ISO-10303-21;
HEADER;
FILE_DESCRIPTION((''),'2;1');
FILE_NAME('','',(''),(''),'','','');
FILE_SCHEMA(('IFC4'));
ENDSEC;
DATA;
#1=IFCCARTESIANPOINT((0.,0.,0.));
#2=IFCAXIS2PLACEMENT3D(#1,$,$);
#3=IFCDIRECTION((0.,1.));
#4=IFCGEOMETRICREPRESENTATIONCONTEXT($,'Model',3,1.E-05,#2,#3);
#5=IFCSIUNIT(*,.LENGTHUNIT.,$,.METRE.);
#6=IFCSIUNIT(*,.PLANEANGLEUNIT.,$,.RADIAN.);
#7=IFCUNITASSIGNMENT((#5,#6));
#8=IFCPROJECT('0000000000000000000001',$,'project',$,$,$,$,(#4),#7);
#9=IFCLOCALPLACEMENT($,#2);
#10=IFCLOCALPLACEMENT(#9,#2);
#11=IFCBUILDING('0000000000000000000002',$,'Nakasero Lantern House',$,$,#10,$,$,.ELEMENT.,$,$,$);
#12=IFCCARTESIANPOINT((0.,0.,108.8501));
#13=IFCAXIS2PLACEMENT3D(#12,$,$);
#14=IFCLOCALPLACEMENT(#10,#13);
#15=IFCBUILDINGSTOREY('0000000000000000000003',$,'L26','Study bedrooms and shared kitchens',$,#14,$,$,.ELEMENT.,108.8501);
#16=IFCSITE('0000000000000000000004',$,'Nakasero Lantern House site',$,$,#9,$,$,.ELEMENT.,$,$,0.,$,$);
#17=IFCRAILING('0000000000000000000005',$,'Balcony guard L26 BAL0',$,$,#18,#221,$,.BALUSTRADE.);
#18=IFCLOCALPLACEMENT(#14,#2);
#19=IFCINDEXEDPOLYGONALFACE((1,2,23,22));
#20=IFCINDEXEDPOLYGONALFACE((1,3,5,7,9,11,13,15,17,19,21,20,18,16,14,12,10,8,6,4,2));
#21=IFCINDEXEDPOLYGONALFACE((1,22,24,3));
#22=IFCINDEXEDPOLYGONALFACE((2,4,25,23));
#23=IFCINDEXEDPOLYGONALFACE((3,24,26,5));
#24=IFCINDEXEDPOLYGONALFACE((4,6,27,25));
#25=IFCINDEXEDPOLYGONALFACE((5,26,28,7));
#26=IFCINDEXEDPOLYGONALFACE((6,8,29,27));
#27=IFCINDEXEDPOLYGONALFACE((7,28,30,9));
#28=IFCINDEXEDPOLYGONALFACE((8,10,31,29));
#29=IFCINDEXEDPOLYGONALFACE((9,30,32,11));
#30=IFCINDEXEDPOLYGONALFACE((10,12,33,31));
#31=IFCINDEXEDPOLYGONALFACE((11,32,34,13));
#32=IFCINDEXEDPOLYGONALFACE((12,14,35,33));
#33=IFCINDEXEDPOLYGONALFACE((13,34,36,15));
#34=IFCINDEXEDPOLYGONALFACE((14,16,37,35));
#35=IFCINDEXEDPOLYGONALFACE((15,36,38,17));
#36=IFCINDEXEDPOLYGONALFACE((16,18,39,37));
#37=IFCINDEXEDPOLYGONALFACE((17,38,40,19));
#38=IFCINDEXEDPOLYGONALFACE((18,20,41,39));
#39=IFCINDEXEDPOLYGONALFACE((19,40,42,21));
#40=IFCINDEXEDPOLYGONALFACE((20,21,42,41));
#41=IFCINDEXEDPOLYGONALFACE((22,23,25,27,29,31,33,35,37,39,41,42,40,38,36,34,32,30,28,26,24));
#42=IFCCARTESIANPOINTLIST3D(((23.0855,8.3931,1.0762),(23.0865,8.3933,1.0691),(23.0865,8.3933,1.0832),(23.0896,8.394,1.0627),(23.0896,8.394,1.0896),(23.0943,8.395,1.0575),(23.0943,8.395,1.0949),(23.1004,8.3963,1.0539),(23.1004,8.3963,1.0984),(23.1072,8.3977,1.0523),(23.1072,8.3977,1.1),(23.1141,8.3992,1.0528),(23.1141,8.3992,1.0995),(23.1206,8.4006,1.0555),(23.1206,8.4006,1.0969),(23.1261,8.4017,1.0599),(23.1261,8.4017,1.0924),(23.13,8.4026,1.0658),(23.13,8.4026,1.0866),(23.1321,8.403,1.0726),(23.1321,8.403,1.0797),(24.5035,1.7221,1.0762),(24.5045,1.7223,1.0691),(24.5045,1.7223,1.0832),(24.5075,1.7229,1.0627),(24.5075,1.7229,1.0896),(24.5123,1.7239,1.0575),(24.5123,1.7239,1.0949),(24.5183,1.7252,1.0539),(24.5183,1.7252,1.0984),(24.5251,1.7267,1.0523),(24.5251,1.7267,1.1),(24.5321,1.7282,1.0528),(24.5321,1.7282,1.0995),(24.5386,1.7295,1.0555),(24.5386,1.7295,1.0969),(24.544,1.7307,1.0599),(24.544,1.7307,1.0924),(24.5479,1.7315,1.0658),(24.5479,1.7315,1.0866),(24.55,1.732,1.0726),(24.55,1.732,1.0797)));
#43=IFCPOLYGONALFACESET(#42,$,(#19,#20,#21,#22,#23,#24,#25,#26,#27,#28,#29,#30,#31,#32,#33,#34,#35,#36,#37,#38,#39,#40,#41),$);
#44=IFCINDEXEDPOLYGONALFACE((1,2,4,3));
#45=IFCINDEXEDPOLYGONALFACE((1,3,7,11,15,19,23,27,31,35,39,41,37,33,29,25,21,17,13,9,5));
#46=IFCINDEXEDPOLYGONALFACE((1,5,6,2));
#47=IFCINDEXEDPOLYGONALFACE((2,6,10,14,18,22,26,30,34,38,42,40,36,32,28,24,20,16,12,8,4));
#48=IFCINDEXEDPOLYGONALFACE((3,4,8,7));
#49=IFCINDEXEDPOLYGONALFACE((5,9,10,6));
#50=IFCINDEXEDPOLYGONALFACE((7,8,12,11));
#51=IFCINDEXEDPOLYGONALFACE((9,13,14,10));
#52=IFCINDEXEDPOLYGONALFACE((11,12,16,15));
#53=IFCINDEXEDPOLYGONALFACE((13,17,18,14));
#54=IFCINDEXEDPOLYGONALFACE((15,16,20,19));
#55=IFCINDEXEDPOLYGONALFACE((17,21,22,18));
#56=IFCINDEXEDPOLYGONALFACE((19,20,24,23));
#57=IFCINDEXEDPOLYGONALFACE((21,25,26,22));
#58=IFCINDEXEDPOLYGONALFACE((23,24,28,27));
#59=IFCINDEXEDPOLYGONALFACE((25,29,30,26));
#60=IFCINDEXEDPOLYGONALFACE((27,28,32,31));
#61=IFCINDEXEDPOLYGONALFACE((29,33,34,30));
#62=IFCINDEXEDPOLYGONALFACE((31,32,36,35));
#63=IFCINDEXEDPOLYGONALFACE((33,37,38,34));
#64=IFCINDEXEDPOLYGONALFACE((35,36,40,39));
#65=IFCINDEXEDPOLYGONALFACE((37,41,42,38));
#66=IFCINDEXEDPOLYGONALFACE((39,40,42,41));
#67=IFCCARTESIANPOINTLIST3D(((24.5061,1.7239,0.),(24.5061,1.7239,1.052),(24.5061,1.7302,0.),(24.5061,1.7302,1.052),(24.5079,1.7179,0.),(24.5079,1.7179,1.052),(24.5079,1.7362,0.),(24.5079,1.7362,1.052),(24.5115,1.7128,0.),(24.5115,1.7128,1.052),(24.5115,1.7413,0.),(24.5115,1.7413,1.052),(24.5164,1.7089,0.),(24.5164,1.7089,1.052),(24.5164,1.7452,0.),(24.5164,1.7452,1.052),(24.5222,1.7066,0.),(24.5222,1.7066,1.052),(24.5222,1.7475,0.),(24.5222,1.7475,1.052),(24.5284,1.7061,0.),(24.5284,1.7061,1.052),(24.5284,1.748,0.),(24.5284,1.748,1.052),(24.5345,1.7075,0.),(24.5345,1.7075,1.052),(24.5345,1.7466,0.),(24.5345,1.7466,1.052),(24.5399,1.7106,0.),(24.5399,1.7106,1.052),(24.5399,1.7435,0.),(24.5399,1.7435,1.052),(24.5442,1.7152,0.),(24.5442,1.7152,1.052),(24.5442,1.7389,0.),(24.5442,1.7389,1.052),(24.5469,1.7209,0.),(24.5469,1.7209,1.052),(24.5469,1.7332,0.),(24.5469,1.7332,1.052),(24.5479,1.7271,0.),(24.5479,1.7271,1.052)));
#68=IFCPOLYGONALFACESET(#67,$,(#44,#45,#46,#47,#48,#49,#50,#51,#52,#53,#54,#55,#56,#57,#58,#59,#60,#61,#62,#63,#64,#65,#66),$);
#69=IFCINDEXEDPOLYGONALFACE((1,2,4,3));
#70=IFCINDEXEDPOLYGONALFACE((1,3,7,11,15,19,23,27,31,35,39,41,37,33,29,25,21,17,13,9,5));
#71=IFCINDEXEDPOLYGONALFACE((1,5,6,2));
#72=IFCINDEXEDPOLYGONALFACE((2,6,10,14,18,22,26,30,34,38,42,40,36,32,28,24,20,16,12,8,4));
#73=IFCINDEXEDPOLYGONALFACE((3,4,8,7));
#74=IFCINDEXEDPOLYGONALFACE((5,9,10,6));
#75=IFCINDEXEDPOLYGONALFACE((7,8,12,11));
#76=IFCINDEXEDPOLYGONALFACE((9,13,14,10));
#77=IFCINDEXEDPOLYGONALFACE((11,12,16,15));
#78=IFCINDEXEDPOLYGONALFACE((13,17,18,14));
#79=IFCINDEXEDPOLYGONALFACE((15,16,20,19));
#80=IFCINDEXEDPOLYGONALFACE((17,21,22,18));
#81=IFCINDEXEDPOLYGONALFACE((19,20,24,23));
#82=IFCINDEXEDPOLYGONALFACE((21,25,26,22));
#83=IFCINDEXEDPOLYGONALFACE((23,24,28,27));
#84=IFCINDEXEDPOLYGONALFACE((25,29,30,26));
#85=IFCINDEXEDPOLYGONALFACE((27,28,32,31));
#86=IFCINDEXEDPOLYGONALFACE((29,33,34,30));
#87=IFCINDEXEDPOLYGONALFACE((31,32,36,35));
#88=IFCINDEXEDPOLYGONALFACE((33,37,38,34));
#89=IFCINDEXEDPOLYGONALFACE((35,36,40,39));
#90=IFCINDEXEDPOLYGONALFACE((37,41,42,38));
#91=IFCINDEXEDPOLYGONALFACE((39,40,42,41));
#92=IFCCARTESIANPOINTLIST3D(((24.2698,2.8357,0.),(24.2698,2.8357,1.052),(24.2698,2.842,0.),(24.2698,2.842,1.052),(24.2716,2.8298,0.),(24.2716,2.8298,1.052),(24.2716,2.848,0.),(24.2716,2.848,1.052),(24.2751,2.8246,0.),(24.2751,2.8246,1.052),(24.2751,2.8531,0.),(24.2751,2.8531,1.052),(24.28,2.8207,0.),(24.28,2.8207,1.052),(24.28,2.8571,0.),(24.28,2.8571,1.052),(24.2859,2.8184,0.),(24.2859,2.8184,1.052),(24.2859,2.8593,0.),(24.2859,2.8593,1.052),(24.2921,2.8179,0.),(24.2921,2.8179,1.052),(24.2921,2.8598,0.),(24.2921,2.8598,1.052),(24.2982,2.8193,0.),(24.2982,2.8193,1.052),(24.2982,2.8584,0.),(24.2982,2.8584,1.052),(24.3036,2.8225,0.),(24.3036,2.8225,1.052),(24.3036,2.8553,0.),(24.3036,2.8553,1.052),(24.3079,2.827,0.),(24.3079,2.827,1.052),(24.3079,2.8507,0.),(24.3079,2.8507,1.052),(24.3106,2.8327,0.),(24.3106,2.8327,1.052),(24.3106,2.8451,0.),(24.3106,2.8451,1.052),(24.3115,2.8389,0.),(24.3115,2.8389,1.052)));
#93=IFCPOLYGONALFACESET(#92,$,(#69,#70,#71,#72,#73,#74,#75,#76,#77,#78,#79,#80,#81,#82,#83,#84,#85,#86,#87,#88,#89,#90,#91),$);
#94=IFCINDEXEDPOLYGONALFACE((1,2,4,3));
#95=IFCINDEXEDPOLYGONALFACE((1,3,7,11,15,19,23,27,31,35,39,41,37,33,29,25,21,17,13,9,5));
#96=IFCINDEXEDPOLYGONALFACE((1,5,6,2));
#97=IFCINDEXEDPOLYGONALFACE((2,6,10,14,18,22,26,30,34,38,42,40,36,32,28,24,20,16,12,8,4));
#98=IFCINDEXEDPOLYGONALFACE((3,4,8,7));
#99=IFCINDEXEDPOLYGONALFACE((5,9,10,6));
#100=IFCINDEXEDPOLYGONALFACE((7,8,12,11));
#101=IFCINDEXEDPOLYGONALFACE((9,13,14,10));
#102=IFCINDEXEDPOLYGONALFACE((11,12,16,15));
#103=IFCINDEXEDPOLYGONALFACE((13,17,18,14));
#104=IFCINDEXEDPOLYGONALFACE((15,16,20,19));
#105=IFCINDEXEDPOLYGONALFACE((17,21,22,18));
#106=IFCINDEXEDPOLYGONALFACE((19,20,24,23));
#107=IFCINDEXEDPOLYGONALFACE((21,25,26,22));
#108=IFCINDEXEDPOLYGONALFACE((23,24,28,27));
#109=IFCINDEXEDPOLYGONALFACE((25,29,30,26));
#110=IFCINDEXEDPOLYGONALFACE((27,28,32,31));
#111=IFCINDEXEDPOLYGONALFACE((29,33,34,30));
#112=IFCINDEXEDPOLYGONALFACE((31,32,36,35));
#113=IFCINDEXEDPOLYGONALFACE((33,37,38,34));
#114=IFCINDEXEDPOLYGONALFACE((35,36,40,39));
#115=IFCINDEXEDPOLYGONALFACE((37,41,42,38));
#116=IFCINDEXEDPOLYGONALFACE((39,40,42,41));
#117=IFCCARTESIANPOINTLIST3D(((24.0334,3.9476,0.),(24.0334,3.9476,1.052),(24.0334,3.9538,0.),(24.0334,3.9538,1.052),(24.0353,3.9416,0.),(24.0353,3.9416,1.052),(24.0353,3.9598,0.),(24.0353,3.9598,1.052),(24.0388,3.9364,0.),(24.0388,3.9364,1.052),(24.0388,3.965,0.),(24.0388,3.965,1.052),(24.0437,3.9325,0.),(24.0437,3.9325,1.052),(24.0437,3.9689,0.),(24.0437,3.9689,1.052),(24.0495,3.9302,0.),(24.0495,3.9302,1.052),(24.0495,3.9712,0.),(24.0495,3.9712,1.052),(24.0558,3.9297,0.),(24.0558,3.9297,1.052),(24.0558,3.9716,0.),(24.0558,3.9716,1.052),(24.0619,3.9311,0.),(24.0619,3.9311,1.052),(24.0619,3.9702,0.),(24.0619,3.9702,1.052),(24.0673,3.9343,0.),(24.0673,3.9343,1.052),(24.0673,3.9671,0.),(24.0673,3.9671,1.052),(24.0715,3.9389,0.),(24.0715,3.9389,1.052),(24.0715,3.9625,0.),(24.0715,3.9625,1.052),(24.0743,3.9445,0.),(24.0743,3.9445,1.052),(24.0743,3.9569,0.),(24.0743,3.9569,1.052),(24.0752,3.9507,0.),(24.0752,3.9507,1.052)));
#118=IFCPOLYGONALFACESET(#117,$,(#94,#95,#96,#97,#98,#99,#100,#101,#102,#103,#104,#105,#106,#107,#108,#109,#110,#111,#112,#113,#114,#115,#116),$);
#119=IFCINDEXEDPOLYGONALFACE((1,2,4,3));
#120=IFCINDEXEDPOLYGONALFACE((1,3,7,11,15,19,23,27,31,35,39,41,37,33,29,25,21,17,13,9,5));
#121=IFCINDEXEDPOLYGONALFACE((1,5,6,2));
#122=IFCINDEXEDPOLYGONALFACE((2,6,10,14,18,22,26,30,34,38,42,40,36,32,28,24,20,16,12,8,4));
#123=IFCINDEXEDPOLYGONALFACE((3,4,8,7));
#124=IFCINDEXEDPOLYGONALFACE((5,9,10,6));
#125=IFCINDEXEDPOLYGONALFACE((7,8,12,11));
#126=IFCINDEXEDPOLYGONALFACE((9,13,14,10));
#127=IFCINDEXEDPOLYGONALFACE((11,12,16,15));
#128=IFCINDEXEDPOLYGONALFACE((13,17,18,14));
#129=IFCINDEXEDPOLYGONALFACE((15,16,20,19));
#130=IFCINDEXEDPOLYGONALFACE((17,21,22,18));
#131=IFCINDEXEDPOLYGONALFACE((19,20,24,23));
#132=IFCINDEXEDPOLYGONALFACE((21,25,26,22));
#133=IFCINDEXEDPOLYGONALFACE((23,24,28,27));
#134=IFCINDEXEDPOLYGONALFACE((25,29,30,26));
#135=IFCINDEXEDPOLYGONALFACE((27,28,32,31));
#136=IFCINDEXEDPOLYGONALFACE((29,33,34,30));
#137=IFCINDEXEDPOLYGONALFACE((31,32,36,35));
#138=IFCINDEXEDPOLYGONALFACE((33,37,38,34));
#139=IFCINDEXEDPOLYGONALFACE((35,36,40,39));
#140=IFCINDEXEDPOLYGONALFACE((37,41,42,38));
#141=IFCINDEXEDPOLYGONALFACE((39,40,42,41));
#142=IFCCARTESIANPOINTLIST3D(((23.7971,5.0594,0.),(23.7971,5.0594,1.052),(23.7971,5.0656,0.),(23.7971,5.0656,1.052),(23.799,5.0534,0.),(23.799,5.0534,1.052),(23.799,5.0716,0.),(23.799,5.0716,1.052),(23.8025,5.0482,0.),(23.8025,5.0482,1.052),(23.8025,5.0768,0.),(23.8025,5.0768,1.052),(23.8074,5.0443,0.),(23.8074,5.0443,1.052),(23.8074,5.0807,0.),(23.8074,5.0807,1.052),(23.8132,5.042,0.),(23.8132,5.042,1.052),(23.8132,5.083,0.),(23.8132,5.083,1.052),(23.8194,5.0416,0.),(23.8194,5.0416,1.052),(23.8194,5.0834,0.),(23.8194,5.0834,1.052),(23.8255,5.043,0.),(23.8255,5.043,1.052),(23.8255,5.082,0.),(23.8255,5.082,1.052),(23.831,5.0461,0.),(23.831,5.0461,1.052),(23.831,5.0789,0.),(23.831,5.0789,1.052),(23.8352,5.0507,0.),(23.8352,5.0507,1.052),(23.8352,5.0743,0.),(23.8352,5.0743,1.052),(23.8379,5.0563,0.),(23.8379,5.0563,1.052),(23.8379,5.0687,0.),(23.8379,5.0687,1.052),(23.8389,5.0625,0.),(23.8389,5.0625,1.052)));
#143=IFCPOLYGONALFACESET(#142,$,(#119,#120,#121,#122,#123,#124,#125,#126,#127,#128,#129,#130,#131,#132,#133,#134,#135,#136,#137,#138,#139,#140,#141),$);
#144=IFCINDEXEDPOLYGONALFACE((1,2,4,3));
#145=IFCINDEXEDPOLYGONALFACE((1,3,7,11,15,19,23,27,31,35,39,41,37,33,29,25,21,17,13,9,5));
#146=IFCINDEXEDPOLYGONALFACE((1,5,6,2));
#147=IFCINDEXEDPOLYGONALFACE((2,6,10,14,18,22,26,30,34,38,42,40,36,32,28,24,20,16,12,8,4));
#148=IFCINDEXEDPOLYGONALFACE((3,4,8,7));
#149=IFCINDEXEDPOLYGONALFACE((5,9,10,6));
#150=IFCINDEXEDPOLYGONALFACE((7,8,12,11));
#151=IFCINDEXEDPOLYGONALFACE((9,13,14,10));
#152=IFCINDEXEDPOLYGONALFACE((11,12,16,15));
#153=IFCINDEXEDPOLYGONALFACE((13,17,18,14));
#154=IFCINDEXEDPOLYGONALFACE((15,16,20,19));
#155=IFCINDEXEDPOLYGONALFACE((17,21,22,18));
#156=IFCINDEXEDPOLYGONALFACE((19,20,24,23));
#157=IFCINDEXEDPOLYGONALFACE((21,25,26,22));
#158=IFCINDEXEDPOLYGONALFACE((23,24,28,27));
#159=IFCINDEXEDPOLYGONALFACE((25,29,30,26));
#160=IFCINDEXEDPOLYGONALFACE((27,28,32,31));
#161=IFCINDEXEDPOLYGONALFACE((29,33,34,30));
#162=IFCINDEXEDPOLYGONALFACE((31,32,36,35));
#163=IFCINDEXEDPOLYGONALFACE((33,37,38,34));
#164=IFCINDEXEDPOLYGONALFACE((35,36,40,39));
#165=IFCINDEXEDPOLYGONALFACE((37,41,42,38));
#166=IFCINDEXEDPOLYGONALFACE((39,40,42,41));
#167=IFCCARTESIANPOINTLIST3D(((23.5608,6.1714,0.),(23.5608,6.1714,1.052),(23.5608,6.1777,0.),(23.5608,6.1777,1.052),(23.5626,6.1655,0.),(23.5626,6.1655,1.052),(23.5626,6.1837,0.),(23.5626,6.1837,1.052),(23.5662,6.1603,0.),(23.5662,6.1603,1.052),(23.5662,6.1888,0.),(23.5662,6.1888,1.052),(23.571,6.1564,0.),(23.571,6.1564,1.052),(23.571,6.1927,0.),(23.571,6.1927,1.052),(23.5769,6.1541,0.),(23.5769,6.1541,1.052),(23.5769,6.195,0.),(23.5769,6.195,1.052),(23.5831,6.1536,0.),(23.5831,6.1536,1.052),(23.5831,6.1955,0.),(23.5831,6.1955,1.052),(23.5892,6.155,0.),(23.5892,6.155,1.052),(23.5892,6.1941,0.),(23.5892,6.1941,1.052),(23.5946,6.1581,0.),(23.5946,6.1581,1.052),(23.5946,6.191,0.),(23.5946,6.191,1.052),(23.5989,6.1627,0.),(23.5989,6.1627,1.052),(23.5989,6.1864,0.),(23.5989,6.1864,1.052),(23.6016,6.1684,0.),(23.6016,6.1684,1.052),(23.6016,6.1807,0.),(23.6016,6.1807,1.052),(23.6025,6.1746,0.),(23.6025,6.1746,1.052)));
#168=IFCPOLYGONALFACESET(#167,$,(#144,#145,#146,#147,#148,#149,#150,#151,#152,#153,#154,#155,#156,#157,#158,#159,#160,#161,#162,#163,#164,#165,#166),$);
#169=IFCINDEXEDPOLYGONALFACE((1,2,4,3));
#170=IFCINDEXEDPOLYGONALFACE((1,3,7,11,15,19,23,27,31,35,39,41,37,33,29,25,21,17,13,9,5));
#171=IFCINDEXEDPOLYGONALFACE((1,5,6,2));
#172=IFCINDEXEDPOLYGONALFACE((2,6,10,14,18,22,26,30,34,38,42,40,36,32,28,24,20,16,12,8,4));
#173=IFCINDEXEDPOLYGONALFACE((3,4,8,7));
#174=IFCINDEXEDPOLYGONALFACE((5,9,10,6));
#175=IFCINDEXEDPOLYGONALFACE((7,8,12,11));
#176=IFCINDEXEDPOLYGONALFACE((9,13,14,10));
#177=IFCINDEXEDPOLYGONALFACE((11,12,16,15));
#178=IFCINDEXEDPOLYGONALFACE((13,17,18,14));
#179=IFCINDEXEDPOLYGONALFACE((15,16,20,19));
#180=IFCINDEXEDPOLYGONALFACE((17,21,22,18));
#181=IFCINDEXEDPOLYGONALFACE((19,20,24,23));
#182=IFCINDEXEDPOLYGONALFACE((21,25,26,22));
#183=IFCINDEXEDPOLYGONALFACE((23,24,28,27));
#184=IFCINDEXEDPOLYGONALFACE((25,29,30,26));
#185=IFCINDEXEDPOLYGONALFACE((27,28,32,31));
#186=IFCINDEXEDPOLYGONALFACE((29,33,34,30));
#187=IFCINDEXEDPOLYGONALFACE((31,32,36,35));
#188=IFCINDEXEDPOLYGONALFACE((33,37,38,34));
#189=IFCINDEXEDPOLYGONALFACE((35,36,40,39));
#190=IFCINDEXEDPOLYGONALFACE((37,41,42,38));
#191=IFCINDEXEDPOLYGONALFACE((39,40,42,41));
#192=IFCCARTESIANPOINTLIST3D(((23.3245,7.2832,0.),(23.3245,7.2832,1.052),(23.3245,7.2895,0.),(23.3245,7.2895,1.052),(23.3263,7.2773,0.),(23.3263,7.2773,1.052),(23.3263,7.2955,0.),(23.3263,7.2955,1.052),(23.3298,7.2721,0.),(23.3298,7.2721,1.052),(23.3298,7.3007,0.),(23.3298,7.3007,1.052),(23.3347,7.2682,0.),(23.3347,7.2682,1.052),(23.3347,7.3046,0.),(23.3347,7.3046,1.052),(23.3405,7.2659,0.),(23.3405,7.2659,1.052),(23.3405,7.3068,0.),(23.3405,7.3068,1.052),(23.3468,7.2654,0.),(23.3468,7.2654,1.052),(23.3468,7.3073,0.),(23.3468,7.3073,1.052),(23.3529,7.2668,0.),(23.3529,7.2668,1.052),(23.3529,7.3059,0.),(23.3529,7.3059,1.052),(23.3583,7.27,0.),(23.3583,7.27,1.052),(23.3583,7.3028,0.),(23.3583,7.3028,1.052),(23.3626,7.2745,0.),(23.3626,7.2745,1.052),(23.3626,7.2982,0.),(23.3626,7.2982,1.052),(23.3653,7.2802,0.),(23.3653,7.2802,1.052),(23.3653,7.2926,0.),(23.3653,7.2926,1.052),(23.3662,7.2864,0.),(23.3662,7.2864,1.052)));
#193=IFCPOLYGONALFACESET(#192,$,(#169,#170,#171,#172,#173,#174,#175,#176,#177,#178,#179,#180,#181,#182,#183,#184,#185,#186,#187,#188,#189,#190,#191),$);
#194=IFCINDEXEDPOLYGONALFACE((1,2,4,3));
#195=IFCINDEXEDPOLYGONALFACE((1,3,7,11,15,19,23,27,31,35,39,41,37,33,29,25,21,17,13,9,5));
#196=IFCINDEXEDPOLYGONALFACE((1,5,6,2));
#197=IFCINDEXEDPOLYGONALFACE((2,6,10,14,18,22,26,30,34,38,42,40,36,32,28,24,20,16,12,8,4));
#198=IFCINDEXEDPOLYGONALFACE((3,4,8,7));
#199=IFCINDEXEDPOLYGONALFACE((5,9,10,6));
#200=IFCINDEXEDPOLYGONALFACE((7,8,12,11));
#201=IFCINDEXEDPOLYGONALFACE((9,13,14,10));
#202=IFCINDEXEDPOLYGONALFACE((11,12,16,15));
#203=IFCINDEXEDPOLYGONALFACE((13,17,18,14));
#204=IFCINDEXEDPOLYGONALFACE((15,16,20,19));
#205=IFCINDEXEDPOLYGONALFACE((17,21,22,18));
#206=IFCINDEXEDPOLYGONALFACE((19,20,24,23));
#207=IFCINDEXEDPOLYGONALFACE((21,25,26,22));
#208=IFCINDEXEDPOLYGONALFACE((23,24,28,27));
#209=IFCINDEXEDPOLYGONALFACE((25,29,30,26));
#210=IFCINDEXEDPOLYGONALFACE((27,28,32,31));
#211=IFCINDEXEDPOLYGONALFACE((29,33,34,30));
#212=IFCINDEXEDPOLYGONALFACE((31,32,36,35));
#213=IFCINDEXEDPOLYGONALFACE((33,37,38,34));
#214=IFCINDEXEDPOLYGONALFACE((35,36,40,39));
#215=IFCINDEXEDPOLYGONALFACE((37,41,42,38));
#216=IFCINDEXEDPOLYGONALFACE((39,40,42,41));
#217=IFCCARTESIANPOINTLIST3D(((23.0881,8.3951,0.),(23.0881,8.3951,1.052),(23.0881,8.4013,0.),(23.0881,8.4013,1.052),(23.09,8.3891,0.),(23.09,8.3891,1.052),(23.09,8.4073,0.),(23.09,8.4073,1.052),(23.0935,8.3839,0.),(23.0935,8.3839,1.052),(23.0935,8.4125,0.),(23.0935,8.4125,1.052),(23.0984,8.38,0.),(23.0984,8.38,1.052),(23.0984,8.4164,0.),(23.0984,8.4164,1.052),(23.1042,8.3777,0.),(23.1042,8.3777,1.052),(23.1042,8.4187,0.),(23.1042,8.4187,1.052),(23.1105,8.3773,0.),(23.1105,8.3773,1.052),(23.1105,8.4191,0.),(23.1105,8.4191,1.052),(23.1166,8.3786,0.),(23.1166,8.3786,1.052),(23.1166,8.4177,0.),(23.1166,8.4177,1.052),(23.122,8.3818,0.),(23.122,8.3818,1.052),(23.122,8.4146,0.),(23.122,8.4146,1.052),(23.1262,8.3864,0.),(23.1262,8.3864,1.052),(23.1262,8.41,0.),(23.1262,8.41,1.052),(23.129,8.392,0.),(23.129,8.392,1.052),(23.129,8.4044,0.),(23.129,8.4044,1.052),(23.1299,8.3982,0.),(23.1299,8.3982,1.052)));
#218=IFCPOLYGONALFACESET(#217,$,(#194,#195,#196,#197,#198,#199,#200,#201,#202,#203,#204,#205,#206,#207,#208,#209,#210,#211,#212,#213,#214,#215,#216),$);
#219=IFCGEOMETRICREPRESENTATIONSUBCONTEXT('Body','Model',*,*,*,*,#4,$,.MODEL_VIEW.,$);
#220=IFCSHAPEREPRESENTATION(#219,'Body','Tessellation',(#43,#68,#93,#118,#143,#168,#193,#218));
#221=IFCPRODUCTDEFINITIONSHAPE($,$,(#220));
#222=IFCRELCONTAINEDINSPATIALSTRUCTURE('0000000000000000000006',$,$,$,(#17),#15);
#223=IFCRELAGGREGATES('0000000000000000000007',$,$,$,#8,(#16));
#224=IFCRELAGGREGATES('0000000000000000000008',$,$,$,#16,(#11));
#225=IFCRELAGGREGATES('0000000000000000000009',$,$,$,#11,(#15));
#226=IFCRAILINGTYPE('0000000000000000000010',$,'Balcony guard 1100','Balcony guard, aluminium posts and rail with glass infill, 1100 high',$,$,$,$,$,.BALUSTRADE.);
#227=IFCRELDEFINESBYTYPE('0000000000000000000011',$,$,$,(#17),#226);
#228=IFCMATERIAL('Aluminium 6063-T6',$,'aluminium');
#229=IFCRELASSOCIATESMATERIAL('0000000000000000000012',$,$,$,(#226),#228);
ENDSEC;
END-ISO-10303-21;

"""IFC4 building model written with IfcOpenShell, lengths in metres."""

from ifc_helpers import new_model, si_unit, direction, frame, origin, origin_2d, place, context, subcontext, project, spatial, circle, extrude, material, type_object, element, save


model = new_model("IFC4")

# Units and contexts
model_context = context("Model", 3, precision=1e-05, world=origin(), true_north=direction((0.0, 1.0)))
body_context = subcontext(model_context, "Body", "Model", "MODEL_VIEW")
ifc_project = project(units=[si_unit("LENGTHUNIT", "METRE"), si_unit("PLANEANGLEUNIT", "RADIAN")], contexts=[model_context])

# Site, building, storey
site_placement = place(None, origin())
site = spatial("IfcSite", under=ifc_project, at=site_placement, Name="Nakasero Lantern House site", CompositionType="ELEMENT", RefElevation=0.0)
building_placement = place(site_placement, origin())
building = spatial("IfcBuilding", under=site, at=building_placement, Name="Nakasero Lantern House", CompositionType="ELEMENT")
storey_placement = place(building_placement, frame((0.0, 0.0, 108.8501)))
storey = spatial("IfcBuildingStorey", under=building, at=storey_placement, Name="L26", Description="Study bedrooms and shared kitchens", CompositionType="ELEMENT", Elevation=108.8501)

# Railing
ifc_material_1 = material(Name="Aluminium 6063-T6", Category="aluminium")
railing_type = type_object("IfcRailingType", Name="Balcony guard 1100", Description="Balcony guard, aluminium posts and rail with glass infill, 1100 high", PredefinedType="BALUSTRADE", material=ifc_material_1)
railing_placement = place(storey_placement, frame((24.5269, 1.7271, 0.0)))
element("IfcRailing", 1, at=railing_placement, inside=storey, type_object=railing_type, Name="Balcony guard L26 BAL0", PredefinedType="BALUSTRADE", context=body_context, shape_type="SweptSolid", body=[
    extrude(circle(Radius=0.0239, at=origin_2d()), frame((0.0, 0.0, 1.0762), z_axis=(-0.207908, 0.978148, 0.0), x_axis=(-0.978148, -0.207908, 0.0)), (0.0, 0.0, 1.0), 6.8201),
    extrude(circle(Radius=0.021, at=origin_2d()), origin(), (0.0, 0.0, 1.0), 1.052),
    extrude(circle(Radius=0.021, at=origin_2d()), frame((-0.2363, 1.1118, 0.0)), (0.0, 0.0, 1.0), 1.052),
    extrude(circle(Radius=0.021, at=origin_2d()), frame((-0.4727, 2.2236, 0.0)), (0.0, 0.0, 1.0), 1.052),
    extrude(circle(Radius=0.021, at=origin_2d()), frame((-0.709, 3.3354, 0.0)), (0.0, 0.0, 1.0), 1.052),
    extrude(circle(Radius=0.021, at=origin_2d()), frame((-0.9453, 4.4475, 0.0)), (0.0, 0.0, 1.0), 1.052),
    extrude(circle(Radius=0.021, at=origin_2d()), frame((-1.1816, 5.5593, 0.0)), (0.0, 0.0, 1.0), 1.052),
    extrude(circle(Radius=0.021, at=origin_2d()), frame((-1.418, 6.6711, 0.0)), (0.0, 0.0, 1.0), 1.052),
])

save(model, "model.ifc")
